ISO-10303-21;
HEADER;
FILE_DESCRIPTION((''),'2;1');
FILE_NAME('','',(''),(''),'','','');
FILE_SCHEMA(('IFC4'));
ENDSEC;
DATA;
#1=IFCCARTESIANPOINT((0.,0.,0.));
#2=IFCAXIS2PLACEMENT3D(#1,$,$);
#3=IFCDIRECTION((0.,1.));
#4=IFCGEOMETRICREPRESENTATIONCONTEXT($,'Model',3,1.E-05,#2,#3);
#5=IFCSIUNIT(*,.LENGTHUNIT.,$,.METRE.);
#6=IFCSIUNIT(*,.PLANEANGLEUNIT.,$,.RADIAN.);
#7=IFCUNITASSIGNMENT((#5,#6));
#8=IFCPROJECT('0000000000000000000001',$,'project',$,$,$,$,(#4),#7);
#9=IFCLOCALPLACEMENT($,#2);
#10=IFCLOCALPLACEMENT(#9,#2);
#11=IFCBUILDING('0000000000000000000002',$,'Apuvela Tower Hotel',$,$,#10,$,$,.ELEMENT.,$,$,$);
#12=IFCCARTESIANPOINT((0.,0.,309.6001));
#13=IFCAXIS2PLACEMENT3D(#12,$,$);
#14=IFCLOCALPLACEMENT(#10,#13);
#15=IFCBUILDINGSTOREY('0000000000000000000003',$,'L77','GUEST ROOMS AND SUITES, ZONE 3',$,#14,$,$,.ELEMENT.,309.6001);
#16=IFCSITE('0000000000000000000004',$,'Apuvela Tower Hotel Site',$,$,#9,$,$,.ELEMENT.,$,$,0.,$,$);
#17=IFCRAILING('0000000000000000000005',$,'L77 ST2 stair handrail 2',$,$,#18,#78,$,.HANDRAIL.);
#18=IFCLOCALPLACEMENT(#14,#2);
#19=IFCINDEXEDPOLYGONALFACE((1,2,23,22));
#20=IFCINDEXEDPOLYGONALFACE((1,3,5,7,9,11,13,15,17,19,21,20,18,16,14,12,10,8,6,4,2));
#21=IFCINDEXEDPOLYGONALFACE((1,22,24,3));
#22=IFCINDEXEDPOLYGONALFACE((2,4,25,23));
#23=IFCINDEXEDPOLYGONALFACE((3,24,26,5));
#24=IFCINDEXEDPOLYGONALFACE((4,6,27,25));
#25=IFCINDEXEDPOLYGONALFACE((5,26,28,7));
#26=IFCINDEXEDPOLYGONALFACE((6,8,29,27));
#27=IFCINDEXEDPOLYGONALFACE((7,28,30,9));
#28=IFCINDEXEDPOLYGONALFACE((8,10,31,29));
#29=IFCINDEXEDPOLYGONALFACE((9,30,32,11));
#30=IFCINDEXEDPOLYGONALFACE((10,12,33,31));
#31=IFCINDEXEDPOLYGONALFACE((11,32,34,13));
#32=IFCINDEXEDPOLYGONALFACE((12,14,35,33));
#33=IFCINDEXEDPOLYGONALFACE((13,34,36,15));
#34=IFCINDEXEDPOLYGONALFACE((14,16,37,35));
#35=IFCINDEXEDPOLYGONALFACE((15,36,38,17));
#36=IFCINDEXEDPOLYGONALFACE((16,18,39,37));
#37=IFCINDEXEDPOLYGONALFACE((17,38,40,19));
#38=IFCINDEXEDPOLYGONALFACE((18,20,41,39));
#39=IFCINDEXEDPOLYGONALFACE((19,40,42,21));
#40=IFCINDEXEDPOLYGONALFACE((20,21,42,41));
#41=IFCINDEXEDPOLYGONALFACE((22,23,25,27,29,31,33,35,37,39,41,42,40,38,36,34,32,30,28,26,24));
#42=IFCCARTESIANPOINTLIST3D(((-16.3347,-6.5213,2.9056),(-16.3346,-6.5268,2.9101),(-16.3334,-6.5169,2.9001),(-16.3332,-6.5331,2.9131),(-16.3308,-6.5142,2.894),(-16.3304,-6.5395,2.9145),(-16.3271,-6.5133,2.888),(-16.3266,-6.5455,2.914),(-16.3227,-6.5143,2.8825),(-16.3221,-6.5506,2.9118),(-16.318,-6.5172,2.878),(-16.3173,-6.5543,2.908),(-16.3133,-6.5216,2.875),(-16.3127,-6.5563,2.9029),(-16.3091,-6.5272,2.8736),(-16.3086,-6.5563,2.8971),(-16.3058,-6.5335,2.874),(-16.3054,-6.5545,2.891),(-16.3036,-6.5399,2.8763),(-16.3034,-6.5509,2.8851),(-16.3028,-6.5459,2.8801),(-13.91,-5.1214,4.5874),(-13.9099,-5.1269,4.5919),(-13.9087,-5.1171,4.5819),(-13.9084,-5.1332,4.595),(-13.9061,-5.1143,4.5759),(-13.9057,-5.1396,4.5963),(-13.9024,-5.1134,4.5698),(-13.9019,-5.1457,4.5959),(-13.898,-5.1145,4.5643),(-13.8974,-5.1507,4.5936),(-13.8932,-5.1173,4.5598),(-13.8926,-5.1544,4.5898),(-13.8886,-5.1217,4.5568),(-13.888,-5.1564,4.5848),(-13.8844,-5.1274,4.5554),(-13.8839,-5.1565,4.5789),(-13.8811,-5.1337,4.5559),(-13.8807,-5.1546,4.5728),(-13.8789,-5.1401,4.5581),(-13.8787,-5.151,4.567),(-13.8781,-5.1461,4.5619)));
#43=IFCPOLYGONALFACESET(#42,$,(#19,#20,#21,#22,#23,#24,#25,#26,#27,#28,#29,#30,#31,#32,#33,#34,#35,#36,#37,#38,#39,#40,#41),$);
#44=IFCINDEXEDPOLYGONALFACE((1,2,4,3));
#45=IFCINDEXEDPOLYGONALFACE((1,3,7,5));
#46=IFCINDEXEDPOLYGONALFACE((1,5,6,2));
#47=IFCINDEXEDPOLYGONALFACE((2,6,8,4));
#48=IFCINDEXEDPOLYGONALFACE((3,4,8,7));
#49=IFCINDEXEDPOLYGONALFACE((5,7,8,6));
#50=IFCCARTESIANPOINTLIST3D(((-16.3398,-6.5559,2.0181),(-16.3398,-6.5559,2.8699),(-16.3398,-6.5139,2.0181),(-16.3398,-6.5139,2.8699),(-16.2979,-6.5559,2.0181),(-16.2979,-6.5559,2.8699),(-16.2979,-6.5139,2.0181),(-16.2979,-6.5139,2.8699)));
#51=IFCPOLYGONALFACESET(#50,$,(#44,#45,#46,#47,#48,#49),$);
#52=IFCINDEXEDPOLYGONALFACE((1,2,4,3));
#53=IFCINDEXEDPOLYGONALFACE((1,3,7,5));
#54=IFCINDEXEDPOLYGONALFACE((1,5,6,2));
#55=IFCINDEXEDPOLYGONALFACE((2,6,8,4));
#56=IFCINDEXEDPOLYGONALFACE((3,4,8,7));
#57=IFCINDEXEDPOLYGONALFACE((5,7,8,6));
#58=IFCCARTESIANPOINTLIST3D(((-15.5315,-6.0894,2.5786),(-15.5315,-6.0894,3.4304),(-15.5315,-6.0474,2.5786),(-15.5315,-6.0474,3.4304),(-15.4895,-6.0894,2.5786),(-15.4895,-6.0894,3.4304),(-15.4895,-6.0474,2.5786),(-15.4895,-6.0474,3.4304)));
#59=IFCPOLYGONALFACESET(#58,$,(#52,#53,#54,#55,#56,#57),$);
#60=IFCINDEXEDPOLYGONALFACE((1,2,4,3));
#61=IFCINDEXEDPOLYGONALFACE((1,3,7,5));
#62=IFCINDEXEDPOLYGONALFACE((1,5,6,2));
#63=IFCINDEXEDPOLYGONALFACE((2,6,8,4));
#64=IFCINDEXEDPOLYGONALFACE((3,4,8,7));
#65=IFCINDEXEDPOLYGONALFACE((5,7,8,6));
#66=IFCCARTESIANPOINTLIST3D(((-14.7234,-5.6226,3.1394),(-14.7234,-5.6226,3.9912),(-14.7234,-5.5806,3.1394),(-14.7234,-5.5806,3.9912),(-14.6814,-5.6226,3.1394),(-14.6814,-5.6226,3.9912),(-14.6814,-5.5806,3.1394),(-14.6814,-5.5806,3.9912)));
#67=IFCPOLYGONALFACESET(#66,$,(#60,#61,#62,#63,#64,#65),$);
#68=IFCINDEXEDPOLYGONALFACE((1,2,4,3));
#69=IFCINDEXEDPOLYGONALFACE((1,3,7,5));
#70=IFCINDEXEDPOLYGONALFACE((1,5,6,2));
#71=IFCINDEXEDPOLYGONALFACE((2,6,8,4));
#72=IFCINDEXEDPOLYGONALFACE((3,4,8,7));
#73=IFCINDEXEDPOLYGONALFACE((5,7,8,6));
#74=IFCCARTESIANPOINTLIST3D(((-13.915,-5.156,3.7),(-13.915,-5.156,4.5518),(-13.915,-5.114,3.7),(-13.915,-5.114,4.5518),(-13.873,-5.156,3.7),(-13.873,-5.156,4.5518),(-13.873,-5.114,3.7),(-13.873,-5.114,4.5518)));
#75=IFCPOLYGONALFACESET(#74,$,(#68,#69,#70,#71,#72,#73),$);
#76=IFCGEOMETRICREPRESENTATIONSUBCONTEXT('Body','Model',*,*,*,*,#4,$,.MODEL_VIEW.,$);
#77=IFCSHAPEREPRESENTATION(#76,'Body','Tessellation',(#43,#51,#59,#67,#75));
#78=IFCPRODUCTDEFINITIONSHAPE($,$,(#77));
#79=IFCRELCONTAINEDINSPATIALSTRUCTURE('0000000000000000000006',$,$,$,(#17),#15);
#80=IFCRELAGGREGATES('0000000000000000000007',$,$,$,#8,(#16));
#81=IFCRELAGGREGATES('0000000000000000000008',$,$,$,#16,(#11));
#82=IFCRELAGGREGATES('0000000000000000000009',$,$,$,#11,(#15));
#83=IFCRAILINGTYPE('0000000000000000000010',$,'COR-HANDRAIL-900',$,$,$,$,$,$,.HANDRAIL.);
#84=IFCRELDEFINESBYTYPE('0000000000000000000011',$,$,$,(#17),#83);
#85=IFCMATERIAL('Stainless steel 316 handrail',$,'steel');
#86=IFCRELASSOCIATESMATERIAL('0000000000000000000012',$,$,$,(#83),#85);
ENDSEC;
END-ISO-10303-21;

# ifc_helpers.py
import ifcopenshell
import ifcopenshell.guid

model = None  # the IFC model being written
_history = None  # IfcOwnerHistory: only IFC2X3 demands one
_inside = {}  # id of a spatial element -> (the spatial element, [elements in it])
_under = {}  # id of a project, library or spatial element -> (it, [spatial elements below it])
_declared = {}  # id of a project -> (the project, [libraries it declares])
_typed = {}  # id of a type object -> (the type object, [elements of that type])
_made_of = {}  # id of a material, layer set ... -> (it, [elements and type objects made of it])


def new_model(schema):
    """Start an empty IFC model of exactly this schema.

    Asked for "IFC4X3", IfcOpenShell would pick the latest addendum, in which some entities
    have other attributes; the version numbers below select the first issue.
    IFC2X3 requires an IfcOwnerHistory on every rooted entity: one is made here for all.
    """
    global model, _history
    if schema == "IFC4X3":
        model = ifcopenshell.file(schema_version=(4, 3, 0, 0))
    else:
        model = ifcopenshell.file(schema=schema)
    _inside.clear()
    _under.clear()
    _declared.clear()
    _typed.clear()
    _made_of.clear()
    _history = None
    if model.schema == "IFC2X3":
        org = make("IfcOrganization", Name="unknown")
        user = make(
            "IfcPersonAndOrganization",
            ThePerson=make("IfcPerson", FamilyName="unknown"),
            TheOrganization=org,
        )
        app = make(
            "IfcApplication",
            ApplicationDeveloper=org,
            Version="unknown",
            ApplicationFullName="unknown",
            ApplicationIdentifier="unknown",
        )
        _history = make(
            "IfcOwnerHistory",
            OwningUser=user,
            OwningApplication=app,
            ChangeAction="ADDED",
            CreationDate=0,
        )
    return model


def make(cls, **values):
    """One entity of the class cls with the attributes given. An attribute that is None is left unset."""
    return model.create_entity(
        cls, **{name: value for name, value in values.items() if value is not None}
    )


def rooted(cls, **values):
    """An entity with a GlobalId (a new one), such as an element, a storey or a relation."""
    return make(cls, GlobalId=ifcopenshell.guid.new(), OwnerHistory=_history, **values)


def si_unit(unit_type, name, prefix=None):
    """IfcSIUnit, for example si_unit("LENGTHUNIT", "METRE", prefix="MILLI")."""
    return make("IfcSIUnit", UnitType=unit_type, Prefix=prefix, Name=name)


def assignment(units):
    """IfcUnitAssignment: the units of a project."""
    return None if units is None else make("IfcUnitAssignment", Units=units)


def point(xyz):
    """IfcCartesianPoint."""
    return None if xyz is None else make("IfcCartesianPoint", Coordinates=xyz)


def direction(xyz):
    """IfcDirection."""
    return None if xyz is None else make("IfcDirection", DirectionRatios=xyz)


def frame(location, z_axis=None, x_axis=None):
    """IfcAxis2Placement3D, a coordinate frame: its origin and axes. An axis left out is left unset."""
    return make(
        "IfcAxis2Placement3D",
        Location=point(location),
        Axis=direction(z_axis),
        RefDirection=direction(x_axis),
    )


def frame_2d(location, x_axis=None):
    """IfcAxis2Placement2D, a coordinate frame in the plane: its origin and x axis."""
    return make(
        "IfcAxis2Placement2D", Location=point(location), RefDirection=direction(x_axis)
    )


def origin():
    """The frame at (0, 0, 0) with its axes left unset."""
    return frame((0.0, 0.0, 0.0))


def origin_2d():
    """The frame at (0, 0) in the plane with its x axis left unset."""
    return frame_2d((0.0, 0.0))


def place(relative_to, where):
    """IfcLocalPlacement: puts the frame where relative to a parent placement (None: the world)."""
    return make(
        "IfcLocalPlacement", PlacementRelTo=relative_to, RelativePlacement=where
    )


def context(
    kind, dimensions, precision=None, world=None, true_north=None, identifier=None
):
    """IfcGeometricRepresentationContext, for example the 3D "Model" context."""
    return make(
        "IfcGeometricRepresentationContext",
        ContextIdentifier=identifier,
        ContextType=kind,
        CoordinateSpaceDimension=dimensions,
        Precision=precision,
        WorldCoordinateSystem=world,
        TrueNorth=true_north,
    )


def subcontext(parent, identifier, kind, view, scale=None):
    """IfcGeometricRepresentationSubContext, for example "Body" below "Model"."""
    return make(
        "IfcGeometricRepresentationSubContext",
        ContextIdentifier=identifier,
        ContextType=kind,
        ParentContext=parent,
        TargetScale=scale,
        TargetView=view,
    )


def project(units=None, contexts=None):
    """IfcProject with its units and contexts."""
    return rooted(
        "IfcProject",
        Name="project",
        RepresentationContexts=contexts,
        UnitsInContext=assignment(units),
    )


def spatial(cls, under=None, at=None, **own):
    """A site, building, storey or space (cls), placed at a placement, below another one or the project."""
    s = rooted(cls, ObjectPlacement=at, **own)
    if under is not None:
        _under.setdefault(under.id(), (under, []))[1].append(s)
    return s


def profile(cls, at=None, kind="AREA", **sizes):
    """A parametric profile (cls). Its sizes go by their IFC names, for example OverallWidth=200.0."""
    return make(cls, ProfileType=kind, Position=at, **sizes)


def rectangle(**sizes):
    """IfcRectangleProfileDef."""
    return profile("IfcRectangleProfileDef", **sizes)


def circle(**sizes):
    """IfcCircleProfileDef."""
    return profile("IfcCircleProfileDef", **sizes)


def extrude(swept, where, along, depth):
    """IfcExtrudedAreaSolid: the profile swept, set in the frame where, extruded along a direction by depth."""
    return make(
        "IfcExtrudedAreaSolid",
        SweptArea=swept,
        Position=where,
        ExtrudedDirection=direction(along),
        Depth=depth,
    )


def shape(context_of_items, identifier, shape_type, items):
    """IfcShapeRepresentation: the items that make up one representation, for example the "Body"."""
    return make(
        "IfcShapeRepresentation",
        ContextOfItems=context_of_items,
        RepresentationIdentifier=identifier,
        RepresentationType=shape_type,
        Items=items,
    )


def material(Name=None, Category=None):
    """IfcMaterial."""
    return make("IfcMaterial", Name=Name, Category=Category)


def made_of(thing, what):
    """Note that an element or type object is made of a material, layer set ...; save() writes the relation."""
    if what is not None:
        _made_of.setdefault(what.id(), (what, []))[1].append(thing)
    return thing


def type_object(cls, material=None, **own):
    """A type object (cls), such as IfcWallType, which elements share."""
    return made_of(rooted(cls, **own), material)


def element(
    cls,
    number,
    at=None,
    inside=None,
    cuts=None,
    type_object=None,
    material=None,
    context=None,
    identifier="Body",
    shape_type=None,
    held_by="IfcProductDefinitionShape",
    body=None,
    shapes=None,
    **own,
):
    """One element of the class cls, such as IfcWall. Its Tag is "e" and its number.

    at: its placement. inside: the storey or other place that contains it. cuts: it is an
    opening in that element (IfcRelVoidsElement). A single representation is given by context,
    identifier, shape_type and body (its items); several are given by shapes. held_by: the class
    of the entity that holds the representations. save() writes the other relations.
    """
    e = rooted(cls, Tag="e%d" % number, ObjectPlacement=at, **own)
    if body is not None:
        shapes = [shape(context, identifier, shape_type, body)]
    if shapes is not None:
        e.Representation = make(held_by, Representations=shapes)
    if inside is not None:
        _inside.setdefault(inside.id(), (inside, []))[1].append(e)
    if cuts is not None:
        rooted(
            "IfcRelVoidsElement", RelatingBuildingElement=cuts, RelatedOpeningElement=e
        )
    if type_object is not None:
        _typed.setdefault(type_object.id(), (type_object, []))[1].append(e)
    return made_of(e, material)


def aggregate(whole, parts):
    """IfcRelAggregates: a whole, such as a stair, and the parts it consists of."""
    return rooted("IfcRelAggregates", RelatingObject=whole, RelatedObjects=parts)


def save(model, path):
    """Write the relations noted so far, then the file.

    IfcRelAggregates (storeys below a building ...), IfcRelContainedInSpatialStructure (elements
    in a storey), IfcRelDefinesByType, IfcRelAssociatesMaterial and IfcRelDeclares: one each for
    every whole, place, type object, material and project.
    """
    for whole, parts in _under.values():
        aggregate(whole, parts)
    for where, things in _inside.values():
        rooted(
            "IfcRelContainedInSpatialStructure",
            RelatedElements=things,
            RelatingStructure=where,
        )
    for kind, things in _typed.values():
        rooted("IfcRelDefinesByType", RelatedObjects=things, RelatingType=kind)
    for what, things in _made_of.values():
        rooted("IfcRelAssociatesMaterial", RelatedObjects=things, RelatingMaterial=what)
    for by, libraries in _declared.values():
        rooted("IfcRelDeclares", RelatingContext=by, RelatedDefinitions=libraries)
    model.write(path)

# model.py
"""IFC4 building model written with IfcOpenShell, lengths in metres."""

from ifc_helpers import new_model, si_unit, direction, frame, origin, origin_2d, place, context, subcontext, project, spatial, rectangle, circle, extrude, material, type_object, element, save


model = new_model("IFC4")

# Units and contexts
model_context = context("Model", 3, precision=1e-05, world=origin(), true_north=direction((0.0, 1.0)))
body_context = subcontext(model_context, "Body", "Model", "MODEL_VIEW")
ifc_project = project(units=[si_unit("LENGTHUNIT", "METRE"), si_unit("PLANEANGLEUNIT", "RADIAN")], contexts=[model_context])

# Site, building, storey
site_placement = place(None, origin())
site = spatial("IfcSite", under=ifc_project, at=site_placement, Name="Apuvela Tower Hotel Site", CompositionType="ELEMENT", RefElevation=0.0)
building_placement = place(site_placement, origin())
building = spatial("IfcBuilding", under=site, at=building_placement, Name="Apuvela Tower Hotel", CompositionType="ELEMENT")
storey_placement = place(building_placement, frame((0.0, 0.0, 309.6001)))
storey = spatial("IfcBuildingStorey", under=building, at=storey_placement, Name="L77", Description="GUEST ROOMS AND SUITES, ZONE 3", CompositionType="ELEMENT", Elevation=309.6001)

# Railing
ifc_material_1 = material(Name="Stainless steel 316 handrail", Category="steel")
railing_type_1 = type_object("IfcRailingType", Name="COR-HANDRAIL-900", PredefinedType="HANDRAIL", material=ifc_material_1)
railing_1_placement = place(storey_placement, frame((-16.3188, -6.5349, 2.0181)))
element("IfcRailing", 1, at=railing_1_placement, inside=storey, type_object=railing_type_1, Name="L77 ST2 stair handrail 2", PredefinedType="HANDRAIL", context=body_context, shape_type="SweptSolid", body=[
    extrude(circle(Radius=0.0239, at=origin_2d()), frame((0.0, 0.0, 0.876), z_axis=(0.74239, 0.428601, 0.514934), x_axis=(-0.499984, 0.866035, 0.0)), (0.0, 0.0, 1.0), 3.2661),
    extrude(rectangle(XDim=0.042, YDim=0.042, at=origin_2d()), origin(), (0.0, 0.0, 1.0), 0.8518),
    extrude(rectangle(XDim=0.042, YDim=0.042, at=origin_2d()), frame((0.8083, 0.4666, 0.5605)), (0.0, 0.0, 1.0), 0.8518),
    extrude(rectangle(XDim=0.042, YDim=0.042, at=origin_2d()), frame((1.6165, 0.9333, 1.1213)), (0.0, 0.0, 1.0), 0.8518),
    extrude(rectangle(XDim=0.042, YDim=0.042, at=origin_2d()), frame((2.4248, 1.3999, 1.6819)), (0.0, 0.0, 1.0), 0.8518),
])

save(model, "model.ifc")
